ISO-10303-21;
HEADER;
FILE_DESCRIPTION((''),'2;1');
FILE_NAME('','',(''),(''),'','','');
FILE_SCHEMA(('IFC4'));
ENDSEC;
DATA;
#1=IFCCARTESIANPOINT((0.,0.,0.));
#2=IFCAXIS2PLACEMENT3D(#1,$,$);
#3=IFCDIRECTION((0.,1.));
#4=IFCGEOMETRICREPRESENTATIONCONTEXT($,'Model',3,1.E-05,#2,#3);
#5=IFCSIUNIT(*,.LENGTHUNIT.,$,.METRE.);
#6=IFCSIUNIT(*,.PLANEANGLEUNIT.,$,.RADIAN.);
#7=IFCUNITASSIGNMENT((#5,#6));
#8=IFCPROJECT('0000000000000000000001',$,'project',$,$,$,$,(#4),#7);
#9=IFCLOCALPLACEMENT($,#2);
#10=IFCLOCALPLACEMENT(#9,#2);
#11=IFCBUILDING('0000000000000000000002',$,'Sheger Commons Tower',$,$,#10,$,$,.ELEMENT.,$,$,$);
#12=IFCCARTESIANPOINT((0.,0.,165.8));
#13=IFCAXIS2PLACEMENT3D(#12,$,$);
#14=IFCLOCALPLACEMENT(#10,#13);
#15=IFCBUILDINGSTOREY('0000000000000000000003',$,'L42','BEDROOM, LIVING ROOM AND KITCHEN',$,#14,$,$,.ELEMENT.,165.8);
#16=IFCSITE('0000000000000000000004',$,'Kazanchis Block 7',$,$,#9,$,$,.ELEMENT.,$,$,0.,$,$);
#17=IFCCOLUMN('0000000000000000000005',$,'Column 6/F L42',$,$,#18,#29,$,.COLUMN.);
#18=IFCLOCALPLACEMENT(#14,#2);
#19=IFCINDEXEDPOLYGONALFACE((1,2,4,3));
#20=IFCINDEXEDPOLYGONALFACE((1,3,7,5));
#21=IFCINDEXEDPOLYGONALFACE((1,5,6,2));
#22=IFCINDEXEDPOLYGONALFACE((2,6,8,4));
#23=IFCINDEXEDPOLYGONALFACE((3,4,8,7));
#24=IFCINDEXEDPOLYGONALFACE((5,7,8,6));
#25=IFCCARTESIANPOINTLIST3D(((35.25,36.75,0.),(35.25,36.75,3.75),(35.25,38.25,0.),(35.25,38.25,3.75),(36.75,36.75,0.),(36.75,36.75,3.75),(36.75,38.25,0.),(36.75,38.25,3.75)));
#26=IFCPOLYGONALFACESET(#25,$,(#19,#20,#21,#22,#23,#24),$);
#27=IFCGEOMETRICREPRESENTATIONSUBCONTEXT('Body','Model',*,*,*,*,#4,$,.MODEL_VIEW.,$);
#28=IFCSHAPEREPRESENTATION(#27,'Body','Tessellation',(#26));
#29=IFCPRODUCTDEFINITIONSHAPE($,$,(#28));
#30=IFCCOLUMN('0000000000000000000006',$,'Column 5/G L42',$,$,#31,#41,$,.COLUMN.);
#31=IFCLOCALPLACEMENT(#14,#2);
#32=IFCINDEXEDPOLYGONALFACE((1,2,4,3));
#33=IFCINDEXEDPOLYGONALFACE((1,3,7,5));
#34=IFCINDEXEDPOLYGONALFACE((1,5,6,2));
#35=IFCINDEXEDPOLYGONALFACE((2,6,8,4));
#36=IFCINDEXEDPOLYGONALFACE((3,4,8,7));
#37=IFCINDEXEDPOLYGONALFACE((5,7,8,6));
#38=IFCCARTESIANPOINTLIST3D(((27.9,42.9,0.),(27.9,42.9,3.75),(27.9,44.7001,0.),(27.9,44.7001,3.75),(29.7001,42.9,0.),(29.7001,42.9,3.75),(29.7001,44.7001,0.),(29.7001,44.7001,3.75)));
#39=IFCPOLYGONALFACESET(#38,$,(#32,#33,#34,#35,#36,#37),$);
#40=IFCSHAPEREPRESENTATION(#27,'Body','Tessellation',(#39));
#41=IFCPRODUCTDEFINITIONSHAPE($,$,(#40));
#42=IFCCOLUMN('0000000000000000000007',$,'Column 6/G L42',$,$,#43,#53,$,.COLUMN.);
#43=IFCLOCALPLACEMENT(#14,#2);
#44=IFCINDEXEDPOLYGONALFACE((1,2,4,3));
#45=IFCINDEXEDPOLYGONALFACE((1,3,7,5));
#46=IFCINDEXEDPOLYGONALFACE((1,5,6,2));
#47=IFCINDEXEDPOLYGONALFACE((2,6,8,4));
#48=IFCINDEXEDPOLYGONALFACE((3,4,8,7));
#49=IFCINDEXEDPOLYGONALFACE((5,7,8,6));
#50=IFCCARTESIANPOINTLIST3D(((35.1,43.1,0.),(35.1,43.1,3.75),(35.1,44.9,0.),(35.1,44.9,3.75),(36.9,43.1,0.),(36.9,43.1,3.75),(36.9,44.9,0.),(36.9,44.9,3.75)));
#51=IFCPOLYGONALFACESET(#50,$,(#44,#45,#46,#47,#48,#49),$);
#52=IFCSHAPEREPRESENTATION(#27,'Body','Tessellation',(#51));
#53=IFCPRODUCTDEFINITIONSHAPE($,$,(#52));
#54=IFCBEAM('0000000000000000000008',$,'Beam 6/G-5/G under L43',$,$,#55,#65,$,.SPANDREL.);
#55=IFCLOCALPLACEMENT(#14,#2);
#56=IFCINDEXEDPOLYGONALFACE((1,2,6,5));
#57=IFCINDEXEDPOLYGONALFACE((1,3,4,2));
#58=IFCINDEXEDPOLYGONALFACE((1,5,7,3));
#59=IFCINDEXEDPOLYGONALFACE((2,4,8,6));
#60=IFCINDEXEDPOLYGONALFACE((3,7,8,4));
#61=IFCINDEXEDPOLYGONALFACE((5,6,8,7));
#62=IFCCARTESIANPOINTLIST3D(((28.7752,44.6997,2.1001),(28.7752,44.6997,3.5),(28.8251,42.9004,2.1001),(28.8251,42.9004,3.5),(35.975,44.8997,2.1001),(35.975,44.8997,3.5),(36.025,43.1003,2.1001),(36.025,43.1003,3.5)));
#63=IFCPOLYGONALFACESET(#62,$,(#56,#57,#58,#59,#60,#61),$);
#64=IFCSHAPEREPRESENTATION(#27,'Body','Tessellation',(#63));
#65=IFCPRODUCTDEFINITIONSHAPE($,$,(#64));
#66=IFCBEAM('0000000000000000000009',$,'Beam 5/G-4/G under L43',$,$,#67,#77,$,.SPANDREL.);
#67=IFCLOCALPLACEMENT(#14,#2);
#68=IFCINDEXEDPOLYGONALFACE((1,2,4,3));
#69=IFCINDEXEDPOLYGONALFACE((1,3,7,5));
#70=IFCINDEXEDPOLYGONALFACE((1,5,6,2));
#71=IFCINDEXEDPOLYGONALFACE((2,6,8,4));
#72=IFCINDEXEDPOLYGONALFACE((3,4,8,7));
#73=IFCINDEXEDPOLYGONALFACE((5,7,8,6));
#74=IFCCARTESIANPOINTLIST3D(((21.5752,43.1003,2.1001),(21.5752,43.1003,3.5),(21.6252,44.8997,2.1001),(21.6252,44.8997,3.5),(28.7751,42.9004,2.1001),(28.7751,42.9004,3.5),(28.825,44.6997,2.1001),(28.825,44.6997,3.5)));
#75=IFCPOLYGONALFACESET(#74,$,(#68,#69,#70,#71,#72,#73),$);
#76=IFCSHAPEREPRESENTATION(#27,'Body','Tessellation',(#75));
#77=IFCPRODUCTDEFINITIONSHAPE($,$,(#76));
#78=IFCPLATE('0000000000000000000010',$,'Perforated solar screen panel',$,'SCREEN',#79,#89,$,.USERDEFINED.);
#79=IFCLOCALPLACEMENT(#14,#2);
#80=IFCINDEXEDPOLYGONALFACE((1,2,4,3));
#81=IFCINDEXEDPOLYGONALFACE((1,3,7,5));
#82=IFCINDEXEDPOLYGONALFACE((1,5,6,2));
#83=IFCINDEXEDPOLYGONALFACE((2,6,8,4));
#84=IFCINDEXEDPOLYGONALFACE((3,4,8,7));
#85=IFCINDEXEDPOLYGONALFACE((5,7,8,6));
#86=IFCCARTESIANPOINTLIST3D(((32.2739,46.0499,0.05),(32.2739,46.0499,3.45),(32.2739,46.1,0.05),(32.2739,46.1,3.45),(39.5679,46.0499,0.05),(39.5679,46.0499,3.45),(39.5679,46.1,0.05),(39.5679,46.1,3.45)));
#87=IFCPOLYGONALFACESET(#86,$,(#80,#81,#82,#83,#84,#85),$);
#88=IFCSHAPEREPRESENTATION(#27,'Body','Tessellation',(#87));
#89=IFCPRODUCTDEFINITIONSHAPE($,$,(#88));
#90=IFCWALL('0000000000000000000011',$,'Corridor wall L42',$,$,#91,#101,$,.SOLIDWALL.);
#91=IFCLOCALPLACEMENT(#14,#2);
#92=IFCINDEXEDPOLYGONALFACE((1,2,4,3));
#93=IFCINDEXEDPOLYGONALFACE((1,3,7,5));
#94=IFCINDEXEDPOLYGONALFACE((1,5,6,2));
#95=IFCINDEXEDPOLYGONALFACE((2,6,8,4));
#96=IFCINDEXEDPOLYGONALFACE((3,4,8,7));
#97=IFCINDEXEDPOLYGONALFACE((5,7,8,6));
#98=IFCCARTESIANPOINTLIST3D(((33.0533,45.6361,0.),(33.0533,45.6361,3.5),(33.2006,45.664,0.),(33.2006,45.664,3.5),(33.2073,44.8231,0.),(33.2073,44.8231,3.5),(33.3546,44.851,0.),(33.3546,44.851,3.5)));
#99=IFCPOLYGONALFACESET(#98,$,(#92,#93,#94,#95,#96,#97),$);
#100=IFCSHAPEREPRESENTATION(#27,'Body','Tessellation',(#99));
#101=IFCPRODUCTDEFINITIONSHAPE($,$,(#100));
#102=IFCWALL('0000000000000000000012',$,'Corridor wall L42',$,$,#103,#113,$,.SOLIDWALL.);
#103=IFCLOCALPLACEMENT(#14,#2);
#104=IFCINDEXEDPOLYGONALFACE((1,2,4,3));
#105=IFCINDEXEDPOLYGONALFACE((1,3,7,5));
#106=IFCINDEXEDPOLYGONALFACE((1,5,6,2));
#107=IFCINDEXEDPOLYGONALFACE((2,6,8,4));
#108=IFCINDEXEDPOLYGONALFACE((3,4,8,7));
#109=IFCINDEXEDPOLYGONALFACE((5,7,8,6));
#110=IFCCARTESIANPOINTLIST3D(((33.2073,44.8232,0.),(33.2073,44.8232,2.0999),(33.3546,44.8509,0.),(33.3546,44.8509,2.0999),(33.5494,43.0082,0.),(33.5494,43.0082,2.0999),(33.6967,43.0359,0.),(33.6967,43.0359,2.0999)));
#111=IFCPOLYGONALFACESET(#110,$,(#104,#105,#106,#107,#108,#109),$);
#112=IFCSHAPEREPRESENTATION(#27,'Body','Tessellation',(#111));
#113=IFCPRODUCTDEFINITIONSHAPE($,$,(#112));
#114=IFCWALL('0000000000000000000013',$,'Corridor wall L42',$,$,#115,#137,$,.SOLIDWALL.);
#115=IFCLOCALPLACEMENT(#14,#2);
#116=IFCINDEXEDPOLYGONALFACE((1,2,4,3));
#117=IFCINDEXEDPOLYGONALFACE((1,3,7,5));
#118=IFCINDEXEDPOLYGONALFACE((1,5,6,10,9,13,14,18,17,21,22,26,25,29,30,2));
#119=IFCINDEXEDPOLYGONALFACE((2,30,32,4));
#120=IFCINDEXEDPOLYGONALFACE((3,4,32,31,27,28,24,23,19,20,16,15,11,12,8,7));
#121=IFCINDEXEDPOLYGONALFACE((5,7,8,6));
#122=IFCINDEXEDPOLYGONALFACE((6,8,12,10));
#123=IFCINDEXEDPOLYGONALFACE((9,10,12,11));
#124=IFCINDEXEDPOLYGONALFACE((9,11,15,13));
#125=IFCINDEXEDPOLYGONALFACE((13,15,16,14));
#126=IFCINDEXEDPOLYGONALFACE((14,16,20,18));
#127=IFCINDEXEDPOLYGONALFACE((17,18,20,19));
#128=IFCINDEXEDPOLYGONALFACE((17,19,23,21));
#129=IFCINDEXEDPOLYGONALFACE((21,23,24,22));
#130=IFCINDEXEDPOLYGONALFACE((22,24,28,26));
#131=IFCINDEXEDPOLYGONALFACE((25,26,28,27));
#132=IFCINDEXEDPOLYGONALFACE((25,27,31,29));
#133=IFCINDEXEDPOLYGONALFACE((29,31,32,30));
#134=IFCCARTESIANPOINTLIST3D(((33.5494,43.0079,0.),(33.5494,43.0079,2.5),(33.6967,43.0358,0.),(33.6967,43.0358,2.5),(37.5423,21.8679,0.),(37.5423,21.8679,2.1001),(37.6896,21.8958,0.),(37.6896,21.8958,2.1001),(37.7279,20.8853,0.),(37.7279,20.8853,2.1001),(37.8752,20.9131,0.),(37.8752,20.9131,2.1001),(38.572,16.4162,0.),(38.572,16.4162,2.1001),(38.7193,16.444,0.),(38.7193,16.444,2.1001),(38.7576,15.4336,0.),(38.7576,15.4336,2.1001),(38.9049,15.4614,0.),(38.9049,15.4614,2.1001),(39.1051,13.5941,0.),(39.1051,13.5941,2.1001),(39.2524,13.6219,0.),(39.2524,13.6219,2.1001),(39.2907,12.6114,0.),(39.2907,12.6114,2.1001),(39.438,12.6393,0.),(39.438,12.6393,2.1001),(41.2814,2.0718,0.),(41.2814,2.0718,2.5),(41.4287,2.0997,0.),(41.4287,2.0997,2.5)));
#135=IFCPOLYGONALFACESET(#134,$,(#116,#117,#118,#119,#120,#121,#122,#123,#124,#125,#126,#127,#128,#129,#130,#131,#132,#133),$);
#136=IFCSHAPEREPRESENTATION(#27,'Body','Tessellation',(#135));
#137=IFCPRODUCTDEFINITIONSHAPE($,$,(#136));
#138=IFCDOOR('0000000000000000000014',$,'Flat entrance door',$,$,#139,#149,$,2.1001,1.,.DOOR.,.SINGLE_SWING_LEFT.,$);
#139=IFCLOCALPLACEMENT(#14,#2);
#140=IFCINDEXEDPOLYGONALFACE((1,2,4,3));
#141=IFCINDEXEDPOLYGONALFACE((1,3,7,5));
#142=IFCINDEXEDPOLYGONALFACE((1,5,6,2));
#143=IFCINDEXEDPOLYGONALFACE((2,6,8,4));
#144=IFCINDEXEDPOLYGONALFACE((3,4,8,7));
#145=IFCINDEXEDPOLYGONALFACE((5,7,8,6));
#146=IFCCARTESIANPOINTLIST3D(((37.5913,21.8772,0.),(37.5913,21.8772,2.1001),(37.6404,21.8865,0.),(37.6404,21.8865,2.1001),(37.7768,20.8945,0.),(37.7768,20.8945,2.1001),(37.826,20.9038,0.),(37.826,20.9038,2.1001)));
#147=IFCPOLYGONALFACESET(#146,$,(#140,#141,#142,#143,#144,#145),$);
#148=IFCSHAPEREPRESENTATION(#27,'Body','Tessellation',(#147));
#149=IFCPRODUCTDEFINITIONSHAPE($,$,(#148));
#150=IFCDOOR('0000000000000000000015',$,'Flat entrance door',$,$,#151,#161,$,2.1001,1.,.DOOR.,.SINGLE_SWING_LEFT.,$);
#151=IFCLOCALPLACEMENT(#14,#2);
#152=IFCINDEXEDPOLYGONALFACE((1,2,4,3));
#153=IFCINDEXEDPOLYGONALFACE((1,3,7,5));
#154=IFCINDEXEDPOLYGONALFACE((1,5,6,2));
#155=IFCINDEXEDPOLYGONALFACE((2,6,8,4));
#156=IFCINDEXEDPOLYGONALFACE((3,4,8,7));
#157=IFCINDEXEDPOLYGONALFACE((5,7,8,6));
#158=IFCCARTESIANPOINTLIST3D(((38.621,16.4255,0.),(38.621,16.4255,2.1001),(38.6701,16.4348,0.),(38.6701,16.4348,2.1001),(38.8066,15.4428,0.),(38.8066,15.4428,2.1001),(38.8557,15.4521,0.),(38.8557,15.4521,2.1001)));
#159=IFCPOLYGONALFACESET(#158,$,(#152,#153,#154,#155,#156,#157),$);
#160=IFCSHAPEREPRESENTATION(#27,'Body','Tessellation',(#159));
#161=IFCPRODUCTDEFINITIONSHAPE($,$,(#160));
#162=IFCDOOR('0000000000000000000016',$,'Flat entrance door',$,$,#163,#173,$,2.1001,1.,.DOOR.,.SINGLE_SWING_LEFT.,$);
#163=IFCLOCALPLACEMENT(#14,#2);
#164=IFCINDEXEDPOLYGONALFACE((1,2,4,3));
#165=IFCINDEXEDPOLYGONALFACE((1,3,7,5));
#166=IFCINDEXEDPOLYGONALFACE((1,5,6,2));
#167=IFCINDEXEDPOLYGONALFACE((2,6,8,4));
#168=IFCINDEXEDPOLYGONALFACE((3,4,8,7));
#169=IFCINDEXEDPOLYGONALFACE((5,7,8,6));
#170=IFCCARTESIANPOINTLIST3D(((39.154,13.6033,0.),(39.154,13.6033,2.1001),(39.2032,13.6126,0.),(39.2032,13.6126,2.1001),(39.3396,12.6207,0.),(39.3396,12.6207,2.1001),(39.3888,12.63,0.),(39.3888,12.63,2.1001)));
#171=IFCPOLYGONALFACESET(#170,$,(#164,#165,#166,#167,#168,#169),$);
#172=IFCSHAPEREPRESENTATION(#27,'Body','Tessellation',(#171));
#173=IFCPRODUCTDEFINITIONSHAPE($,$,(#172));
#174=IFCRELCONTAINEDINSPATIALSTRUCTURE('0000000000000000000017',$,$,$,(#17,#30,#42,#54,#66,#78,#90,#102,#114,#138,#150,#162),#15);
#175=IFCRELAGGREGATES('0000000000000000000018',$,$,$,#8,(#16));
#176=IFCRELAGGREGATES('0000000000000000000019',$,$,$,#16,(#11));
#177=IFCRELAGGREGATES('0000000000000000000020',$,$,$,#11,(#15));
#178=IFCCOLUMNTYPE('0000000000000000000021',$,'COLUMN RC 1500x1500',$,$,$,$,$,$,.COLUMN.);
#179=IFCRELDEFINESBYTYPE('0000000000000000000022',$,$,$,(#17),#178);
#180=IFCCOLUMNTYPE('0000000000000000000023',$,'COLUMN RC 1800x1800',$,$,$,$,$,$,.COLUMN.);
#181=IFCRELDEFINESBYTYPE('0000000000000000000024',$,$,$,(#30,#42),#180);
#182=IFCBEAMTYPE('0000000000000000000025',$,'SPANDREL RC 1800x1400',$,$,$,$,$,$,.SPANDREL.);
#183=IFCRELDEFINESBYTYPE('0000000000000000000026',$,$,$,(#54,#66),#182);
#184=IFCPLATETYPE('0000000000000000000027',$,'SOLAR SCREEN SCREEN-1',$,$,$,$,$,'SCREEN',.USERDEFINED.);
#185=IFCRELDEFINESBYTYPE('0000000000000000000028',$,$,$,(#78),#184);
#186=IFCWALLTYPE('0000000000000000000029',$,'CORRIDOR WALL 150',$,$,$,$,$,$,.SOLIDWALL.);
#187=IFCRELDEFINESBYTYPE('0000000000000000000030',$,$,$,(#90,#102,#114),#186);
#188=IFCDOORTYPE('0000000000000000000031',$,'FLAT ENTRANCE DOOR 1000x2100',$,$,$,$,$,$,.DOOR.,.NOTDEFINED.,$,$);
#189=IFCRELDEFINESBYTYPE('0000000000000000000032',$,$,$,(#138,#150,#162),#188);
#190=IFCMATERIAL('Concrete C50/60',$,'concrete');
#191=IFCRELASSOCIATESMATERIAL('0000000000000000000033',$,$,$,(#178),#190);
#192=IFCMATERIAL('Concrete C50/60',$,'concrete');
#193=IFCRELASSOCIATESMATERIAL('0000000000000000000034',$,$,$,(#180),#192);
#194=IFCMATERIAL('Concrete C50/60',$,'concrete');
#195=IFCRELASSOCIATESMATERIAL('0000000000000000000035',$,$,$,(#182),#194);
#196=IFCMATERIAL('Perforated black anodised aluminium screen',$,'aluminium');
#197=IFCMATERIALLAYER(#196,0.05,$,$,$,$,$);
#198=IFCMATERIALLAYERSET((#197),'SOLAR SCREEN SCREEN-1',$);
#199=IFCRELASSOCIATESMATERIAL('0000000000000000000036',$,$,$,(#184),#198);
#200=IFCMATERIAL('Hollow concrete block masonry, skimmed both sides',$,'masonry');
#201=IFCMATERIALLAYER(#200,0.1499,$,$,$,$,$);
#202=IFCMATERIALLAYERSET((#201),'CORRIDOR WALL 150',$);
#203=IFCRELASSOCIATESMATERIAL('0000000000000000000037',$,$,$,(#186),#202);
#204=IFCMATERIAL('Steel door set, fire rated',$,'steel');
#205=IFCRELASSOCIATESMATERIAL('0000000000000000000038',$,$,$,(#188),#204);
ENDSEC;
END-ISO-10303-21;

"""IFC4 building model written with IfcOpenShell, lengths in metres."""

from ifc_helpers import new_model, si_unit, direction, frame, frame_2d, origin, origin_2d, place, context, subcontext, project, spatial, rectangle, extrude, material, layer, layer_set, material_profile, profile_set, type_object, element, fill, save


model = new_model("IFC4")

# Units and contexts
model_context = context("Model", 3, precision=1e-05, world=origin(), true_north=direction((0.0, 1.0)))
body_context = subcontext(model_context, "Body", "Model", "MODEL_VIEW")
ifc_project = project(units=[si_unit("LENGTHUNIT", "METRE"), si_unit("PLANEANGLEUNIT", "RADIAN")], contexts=[model_context])

# Site, building, storey
site_placement = place(None, origin())
site = spatial("IfcSite", under=ifc_project, at=site_placement, Name="Kazanchis Block 7", CompositionType="ELEMENT", RefElevation=0.0)
building_placement = place(site_placement, origin())
building = spatial("IfcBuilding", under=site, at=building_placement, Name="Sheger Commons Tower", CompositionType="ELEMENT")
storey_placement = place(building_placement, frame((0.0, 0.0, 165.8)))
storey = spatial("IfcBuildingStorey", under=building, at=storey_placement, Name="L42", Description="BEDROOM, LIVING ROOM AND KITCHEN", CompositionType="ELEMENT", Elevation=165.8)

# Columns
ifc_material_1 = material(Name="Concrete C50/60", Category="concrete")
ifc_material_profile_1 = material_profile(ifc_material_1, rectangle(XDim=1.5, YDim=1.5, at=origin_2d()), Name="RC 1500x1500")
ifc_profile_set_1 = profile_set([ifc_material_profile_1], Name="Concrete C50/60")
column_type_1 = type_object("IfcColumnType", Name="COLUMN RC 1500x1500", PredefinedType="COLUMN", material=ifc_profile_set_1)
column_placement = place(storey_placement, frame((36.0, 37.5, 0.0), z_axis=(0.0, 0.0, 1.0), x_axis=(1.0, 0.0, 0.0)))
element("IfcColumn", 1, at=column_placement, inside=storey, type_object=column_type_1, Name="Column 6/F L42", PredefinedType="COLUMN", context=body_context, shape_type="SweptSolid", body=[
    extrude(rectangle(XDim=1.5, YDim=1.5, at=origin_2d()), origin(), (0.0, 0.0, 1.0), 3.75),
])
ifc_material_2 = material(Name="Concrete C50/60", Category="concrete")
ifc_material_profile_2 = material_profile(ifc_material_2, rectangle(XDim=1.8, YDim=1.8, at=origin_2d()), Name="RC 1800x1800")
ifc_profile_set_2 = profile_set([ifc_material_profile_2], Name="Concrete C50/60")
column_type_2 = type_object("IfcColumnType", Name="COLUMN RC 1800x1800", PredefinedType="COLUMN", material=ifc_profile_set_2)
for number, where, z_axis, x_axis, name in (
    (2, (28.8, 43.8, 0.0), (0.0, 0.0, 1.0), (1.0, 0.0, 0.0), "Column 5/G L42"),
    (3, (36.0, 44.0, 0.0), (0.0, 0.0, 1.0), (1.0, 0.0, 0.0), "Column 6/G L42"),
):
    element("IfcColumn", number, at=place(storey_placement, frame(where, z_axis=z_axis, x_axis=x_axis)), inside=storey, type_object=column_type_2, Name=name, PredefinedType="COLUMN", context=body_context, shape_type="SweptSolid", body=[
        extrude(rectangle(XDim=1.8, YDim=1.8, at=origin_2d()), origin(), (0.0, 0.0, 1.0), 3.75),
    ])

# Beams
ifc_material_3 = material(Name="Concrete C50/60", Category="concrete")
ifc_material_profile_3 = material_profile(ifc_material_3, rectangle(XDim=1.8, YDim=1.3999, at=origin_2d()), Name="RC 1800x1400")
ifc_profile_set_3 = profile_set([ifc_material_profile_3], Name="Concrete C50/60")
beam_type = type_object("IfcBeamType", Name="SPANDREL RC 1800x1400", PredefinedType="SPANDREL", material=ifc_profile_set_3)
for number, where, z_axis, x_axis, name in (
    (4, (36.0, 44.0, 2.8), (-0.999615, -0.02776, 0.0), (0.02776, -0.999615, 0.0), "Beam 6/G-5/G under L43"),
    (5, (28.8, 43.8, 2.8), (-0.999615, 0.02776, 0.0), (-0.02776, -0.999615, 0.0), "Beam 5/G-4/G under L43"),
):
    element("IfcBeam", number, at=place(storey_placement, frame(where, z_axis=z_axis, x_axis=x_axis)), inside=storey, type_object=beam_type, Name=name, PredefinedType="SPANDREL", context=body_context, shape_type="SweptSolid", body=[
        extrude(rectangle(XDim=1.8, YDim=1.3999, at=origin_2d()), origin(), (0.0, 0.0, 1.0), 7.2026),
    ])

# Plate
ifc_material_4 = material(Name="Perforated black anodised aluminium screen", Category="aluminium")
ifc_layer_1 = layer(ifc_material_4, 0.05)
ifc_layer_set_1 = layer_set([ifc_layer_1], Name="SOLAR SCREEN SCREEN-1")
plate_type = type_object("IfcPlateType", Name="SOLAR SCREEN SCREEN-1", ElementType="SCREEN", PredefinedType="USERDEFINED", material=ifc_layer_set_1)
plate_placement = place(storey_placement, frame((35.9209, 46.075, 0.05), z_axis=(0.0, 0.0, 1.0), x_axis=(-1.0, 0.0, 0.0)))
element("IfcPlate", 6, at=plate_placement, inside=storey, type_object=plate_type, Name="Perforated solar screen panel", ObjectType="SCREEN", PredefinedType="USERDEFINED", context=body_context, shape_type="SweptSolid", body=[
    extrude(rectangle(XDim=7.2939, YDim=0.05, at=origin_2d()), origin(), (0.0, 0.0, 1.0), 3.3999),
])

# Walls
ifc_material_5 = material(Name="Hollow concrete block masonry, skimmed both sides", Category="masonry")
ifc_layer_2 = layer(ifc_material_5, 0.1499)
ifc_layer_set_2 = layer_set([ifc_layer_2], Name="CORRIDOR WALL 150")
wall_type_1 = type_object("IfcWallType", Name="CORRIDOR WALL 150", PredefinedType="SOLIDWALL", material=ifc_layer_set_2)
wall_1_placement = place(storey_placement, frame((33.127, 45.6499, 0.0), z_axis=(0.0, 0.0, 1.0), x_axis=(0.186177, -0.982516, 0.0)))
element("IfcWall", 7, at=wall_1_placement, inside=storey, type_object=wall_type_1, Name="Corridor wall L42", PredefinedType="SOLIDWALL", context=body_context, shape_type="SweptSolid", body=[
    extrude(rectangle(XDim=0.8274, YDim=0.1499, at=frame_2d((0.4136, 0.0))), origin(), (0.0, 0.0, 1.0), 3.5),
])
wall_2_placement = place(storey_placement, frame((33.281, 44.8369, 0.0), z_axis=(0.0, 0.0, 1.0), x_axis=(0.185198, -0.982701, 0.0)))
element("IfcWall", 8, at=wall_2_placement, inside=storey, type_object=wall_type_1, Name="Corridor wall L42", PredefinedType="SOLIDWALL", context=body_context, shape_type="SweptSolid", body=[
    extrude(rectangle(XDim=1.8469, YDim=0.1499, at=frame_2d((0.9233, 0.0))), origin(), (0.0, 0.0, 1.0), 2.0999),
])

# Wall, openings, doors
wall_3_placement = place(storey_placement, frame((33.623, 43.022, 0.0), z_axis=(0.0, 0.0, 1.0), x_axis=(0.185597, -0.982626, 0.0)))
wall_3 = element("IfcWall", 9, at=wall_3_placement, inside=storey, type_object=wall_type_1, Name="Corridor wall L42", PredefinedType="SOLIDWALL", context=body_context, shape_type="SweptSolid", body=[
    extrude(rectangle(XDim=41.6599, YDim=0.1499, at=frame_2d((20.8301, 0.0))), origin(), (0.0, 0.0, 1.0), 2.5),
])
opening_1_placement = place(wall_3_placement, frame((21.5139, 0.0, 0.0)))
opening_1 = element("IfcOpeningElement", 10, at=opening_1_placement, cuts=wall_3, PredefinedType="OPENING", context=body_context, shape_type="SweptSolid", body=[
    extrude(rectangle(XDim=1.0, YDim=2.1001, at=frame_2d((0.5, 1.05))), frame((0.0, 0.085, 0.0), z_axis=(0.0, -1.0, 0.0), x_axis=(1.0, 0.0, 0.0)), (0.0, 0.0, 1.0), 0.1699),
])
opening_2_placement = place(wall_3_placement, frame((27.062, 0.0, 0.0)))
opening_2 = element("IfcOpeningElement", 11, at=opening_2_placement, cuts=wall_3, PredefinedType="OPENING", context=body_context, shape_type="SweptSolid", body=[
    extrude(rectangle(XDim=1.0, YDim=2.1001, at=frame_2d((0.5, 1.05))), frame((0.0, 0.085, 0.0), z_axis=(0.0, -1.0, 0.0), x_axis=(1.0, 0.0, 0.0)), (0.0, 0.0, 1.0), 0.1699),
])
opening_3_placement = place(wall_3_placement, frame((29.9341, 0.0, 0.0)))
opening_3 = element("IfcOpeningElement", 12, at=opening_3_placement, cuts=wall_3, PredefinedType="OPENING", context=body_context, shape_type="SweptSolid", body=[
    extrude(rectangle(XDim=1.0, YDim=2.1001, at=frame_2d((0.5, 1.05))), frame((0.0, 0.085, 0.0), z_axis=(0.0, -1.0, 0.0), x_axis=(1.0, 0.0, 0.0)), (0.0, 0.0, 1.0), 0.1699),
])
ifc_material_6 = material(Name="Steel door set, fire rated", Category="steel")
door_type = type_object("IfcDoorType", Name="FLAT ENTRANCE DOOR 1000x2100", OperationType="NOTDEFINED", PredefinedType="DOOR", material=ifc_material_6)
door_1_placement = place(opening_1_placement, origin())
door_1 = element("IfcDoor", 13, at=door_1_placement, inside=storey, type_object=door_type, Name="Flat entrance door", OperationType="SINGLE_SWING_LEFT", OverallHeight=2.1001, OverallWidth=1.0, PredefinedType="DOOR", context=body_context, shape_type="SweptSolid", body=[
    extrude(rectangle(XDim=1.0, YDim=2.1001, at=frame_2d((0.5, 1.05))), frame((0.0, 0.0249, 0.0), z_axis=(0.0, -1.0, 0.0), x_axis=(1.0, 0.0, 0.0)), (0.0, 0.0, 1.0), 0.05),
])
fill(opening_1, door_1)
door_2_placement = place(opening_2_placement, origin())
door_2 = element("IfcDoor", 14, at=door_2_placement, inside=storey, type_object=door_type, Name="Flat entrance door", OperationType="SINGLE_SWING_LEFT", OverallHeight=2.1001, OverallWidth=1.0, PredefinedType="DOOR", context=body_context, shape_type="SweptSolid", body=[
    extrude(rectangle(XDim=1.0, YDim=2.1001, at=frame_2d((0.5, 1.05))), frame((0.0, 0.0249, 0.0), z_axis=(0.0, -1.0, 0.0), x_axis=(1.0, 0.0, 0.0)), (0.0, 0.0, 1.0), 0.05),
])
fill(opening_2, door_2)
door_3_placement = place(opening_3_placement, origin())
door_3 = element("IfcDoor", 15, at=door_3_placement, inside=storey, type_object=door_type, Name="Flat entrance door", OperationType="SINGLE_SWING_LEFT", OverallHeight=2.1001, OverallWidth=1.0, PredefinedType="DOOR", context=body_context, shape_type="SweptSolid", body=[
    extrude(rectangle(XDim=1.0, YDim=2.1001, at=frame_2d((0.5, 1.05))), frame((0.0, 0.0249, 0.0), z_axis=(0.0, -1.0, 0.0), x_axis=(1.0, 0.0, 0.0)), (0.0, 0.0, 1.0), 0.05),
])
fill(opening_3, door_3)

save(model, "model.ifc")
